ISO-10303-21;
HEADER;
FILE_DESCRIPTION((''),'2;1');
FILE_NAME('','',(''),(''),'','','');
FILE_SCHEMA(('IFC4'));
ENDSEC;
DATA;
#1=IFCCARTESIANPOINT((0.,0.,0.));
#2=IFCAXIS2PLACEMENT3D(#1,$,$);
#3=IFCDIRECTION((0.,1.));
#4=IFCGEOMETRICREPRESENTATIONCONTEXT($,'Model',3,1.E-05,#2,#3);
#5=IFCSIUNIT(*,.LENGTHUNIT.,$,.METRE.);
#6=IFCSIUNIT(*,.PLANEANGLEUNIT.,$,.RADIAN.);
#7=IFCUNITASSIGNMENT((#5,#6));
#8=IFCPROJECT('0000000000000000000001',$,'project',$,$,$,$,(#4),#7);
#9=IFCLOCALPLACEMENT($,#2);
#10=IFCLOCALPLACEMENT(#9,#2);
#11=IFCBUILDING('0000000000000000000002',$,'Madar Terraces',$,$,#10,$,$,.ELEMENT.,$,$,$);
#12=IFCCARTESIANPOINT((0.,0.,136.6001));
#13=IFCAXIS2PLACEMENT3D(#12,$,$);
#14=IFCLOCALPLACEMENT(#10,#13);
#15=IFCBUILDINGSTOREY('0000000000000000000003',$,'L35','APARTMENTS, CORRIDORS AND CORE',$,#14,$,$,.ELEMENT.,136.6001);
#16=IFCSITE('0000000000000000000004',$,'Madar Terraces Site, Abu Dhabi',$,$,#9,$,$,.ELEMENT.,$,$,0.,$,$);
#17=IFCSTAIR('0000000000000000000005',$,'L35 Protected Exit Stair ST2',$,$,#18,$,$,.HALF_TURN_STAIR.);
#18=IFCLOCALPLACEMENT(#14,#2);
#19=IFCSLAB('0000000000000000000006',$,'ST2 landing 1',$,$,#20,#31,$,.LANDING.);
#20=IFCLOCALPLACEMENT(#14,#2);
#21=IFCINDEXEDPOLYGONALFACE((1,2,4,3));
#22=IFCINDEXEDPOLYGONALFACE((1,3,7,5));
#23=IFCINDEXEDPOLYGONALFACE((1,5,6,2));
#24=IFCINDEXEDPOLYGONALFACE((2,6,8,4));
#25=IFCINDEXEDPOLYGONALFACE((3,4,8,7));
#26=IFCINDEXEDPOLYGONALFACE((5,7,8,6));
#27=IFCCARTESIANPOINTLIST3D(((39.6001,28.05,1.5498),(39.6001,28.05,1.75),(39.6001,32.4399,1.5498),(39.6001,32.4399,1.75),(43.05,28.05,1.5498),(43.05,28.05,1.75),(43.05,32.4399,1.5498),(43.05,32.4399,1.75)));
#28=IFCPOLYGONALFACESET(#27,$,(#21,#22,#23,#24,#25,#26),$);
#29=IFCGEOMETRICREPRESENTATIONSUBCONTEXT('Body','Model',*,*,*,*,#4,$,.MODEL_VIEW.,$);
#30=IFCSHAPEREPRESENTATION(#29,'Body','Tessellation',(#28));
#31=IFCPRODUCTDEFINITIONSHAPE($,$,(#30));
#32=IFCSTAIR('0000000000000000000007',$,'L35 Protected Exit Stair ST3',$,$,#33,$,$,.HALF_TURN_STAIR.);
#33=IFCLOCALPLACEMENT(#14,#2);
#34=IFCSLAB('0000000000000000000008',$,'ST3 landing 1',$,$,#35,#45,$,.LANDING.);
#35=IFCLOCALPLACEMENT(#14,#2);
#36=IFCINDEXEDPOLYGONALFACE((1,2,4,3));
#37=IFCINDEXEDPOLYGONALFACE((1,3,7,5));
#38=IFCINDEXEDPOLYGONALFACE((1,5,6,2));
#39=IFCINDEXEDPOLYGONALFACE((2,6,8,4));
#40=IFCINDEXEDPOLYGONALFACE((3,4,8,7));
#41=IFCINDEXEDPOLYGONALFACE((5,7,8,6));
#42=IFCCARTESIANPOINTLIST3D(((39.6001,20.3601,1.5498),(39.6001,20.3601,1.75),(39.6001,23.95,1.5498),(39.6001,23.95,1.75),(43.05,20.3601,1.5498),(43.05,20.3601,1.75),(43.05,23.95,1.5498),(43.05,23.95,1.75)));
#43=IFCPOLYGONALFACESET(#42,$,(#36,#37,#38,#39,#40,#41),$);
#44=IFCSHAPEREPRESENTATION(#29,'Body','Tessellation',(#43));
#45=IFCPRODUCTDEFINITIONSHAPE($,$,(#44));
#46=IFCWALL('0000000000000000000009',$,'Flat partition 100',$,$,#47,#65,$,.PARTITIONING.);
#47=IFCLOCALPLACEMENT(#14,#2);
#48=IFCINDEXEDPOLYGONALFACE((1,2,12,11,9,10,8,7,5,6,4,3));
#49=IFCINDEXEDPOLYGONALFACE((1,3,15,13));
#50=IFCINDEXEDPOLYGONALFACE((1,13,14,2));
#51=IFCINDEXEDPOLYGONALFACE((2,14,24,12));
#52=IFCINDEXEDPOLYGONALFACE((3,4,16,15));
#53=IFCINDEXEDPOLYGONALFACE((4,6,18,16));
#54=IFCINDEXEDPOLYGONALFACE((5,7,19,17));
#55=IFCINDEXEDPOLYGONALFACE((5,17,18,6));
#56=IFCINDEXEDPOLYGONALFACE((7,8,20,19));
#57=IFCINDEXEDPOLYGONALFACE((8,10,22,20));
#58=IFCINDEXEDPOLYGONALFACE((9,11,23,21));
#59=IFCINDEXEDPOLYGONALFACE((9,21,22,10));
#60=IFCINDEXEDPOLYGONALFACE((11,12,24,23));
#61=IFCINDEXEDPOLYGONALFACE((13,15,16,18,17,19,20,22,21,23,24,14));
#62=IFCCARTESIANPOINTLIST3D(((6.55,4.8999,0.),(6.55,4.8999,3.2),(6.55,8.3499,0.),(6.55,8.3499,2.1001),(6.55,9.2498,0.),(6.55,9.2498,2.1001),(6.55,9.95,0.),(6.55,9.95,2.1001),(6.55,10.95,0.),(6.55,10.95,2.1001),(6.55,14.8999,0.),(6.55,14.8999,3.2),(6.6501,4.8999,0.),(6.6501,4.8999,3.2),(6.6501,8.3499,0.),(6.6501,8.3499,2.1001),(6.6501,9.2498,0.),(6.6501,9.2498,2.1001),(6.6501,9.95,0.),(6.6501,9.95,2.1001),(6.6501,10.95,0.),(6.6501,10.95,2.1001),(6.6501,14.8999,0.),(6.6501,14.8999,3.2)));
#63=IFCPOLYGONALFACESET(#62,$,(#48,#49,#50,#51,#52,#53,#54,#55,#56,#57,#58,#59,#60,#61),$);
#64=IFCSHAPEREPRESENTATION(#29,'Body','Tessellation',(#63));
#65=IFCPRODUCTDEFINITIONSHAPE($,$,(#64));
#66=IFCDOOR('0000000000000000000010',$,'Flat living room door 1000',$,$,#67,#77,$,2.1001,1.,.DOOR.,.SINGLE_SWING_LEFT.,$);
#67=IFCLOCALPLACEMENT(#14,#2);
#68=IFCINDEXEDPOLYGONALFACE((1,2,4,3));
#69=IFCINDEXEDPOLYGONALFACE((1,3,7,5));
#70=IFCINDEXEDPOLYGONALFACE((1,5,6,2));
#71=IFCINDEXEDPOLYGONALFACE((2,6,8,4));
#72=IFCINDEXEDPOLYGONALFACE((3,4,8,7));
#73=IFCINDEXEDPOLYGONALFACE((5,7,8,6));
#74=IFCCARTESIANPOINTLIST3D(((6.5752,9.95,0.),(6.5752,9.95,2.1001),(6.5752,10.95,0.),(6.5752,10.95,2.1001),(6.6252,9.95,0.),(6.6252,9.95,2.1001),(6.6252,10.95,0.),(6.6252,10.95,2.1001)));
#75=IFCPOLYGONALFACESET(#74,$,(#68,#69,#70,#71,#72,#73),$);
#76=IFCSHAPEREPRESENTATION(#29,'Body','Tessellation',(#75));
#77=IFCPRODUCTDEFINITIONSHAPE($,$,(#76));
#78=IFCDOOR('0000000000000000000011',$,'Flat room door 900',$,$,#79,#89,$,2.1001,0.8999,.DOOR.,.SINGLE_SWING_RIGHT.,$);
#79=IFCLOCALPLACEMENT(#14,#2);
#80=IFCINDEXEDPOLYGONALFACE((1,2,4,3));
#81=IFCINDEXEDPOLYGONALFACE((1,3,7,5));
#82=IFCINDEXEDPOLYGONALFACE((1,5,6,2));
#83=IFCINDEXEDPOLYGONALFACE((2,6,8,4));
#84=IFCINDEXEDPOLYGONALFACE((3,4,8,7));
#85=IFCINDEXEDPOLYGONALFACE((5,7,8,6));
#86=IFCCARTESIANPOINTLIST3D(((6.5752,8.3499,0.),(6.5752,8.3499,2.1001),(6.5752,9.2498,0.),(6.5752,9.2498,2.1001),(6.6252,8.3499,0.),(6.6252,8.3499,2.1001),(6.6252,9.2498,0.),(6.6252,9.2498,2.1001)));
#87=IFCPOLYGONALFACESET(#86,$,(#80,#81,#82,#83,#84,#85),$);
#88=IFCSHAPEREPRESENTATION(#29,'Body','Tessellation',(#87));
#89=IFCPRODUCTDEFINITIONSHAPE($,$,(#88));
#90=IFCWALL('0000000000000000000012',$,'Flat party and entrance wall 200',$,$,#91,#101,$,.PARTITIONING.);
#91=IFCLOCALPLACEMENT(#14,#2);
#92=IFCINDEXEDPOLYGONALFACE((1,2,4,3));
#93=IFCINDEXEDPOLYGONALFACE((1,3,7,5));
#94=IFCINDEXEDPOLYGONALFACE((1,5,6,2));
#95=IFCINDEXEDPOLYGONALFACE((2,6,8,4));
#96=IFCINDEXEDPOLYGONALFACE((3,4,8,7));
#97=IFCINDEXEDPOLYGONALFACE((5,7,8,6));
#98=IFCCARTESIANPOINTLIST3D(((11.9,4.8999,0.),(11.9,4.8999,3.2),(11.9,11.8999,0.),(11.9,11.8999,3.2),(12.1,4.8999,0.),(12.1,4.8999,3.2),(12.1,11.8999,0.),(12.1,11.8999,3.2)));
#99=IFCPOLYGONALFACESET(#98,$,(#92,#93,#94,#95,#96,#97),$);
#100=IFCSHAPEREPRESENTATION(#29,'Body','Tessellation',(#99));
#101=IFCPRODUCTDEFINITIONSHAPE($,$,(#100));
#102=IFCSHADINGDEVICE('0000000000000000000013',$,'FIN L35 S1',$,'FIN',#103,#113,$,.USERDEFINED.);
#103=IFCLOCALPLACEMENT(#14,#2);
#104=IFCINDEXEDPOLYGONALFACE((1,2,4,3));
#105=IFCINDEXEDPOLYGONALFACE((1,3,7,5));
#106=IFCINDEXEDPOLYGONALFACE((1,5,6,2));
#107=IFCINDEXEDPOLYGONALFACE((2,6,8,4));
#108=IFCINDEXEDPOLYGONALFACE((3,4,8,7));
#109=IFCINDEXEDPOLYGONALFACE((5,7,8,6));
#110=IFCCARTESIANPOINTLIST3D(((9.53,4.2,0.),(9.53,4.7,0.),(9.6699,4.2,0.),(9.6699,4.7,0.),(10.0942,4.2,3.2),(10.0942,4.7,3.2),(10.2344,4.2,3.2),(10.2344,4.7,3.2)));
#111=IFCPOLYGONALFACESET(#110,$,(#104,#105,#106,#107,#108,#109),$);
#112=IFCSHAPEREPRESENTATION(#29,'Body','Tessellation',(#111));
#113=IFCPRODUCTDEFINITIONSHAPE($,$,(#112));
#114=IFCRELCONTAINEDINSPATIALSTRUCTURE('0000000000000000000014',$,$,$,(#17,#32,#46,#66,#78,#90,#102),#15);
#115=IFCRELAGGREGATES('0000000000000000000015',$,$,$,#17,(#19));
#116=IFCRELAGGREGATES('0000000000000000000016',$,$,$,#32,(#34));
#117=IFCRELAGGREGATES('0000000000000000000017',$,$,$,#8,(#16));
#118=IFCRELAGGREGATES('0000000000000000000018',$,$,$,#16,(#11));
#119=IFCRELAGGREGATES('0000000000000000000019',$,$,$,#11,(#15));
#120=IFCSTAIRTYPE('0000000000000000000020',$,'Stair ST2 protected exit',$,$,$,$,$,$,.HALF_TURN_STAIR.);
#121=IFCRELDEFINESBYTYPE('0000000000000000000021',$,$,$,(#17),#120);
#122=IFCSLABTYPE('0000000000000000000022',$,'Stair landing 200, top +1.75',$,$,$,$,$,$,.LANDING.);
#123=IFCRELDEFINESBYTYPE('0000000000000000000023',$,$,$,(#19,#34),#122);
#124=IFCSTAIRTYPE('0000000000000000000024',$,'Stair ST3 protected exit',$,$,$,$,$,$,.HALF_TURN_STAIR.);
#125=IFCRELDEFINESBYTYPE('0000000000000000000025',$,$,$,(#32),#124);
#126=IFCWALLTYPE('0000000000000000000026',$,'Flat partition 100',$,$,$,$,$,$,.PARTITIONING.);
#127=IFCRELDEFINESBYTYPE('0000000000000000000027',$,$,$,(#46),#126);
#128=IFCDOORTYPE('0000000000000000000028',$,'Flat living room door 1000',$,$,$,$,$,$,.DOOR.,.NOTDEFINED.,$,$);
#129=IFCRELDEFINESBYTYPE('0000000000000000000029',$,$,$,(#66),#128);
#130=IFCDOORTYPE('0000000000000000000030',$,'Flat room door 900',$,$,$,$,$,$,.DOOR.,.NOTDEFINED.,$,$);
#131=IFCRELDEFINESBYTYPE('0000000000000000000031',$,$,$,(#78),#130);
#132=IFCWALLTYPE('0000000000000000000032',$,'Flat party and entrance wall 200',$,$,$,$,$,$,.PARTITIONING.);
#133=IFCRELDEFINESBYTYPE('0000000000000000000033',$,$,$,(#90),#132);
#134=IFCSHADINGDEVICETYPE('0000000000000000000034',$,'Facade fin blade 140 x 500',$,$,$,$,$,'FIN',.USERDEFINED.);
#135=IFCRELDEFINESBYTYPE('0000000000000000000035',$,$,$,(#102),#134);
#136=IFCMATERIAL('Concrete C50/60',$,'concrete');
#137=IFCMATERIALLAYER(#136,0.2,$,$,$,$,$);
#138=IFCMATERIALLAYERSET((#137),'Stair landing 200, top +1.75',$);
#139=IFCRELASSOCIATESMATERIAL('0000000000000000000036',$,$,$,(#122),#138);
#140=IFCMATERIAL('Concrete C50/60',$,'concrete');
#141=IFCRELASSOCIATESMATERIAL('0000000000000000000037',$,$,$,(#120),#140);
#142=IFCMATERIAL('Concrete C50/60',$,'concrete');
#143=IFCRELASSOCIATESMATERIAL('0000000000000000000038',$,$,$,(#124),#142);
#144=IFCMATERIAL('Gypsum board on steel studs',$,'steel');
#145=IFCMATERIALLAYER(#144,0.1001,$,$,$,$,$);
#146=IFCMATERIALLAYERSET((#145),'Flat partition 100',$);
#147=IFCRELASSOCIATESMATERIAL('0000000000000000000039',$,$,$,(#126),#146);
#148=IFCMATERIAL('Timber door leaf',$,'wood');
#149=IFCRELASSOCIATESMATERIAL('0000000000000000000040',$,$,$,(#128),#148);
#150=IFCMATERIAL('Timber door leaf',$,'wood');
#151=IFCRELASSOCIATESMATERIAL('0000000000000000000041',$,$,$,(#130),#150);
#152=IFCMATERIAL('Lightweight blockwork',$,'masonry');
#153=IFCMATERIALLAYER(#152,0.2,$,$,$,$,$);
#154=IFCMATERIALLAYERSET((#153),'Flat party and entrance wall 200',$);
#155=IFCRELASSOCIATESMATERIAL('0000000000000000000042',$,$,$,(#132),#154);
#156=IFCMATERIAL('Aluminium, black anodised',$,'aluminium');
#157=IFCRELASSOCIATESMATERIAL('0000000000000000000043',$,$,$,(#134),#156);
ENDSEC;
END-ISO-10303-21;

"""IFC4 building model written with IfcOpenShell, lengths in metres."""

from ifc_helpers import new_model, si_unit, direction, frame, frame_2d, origin, place, context, subcontext, project, spatial, polyline, rectangle, outline, extrude, material, layer, layer_set, type_object, element, fill, aggregate, save


model = new_model("IFC4")

# Units and contexts
model_context = context("Model", 3, precision=1e-05, world=origin(), true_north=direction((0.0, 1.0)))
body_context = subcontext(model_context, "Body", "Model", "MODEL_VIEW")
ifc_project = project(units=[si_unit("LENGTHUNIT", "METRE"), si_unit("PLANEANGLEUNIT", "RADIAN")], contexts=[model_context])

# Site, building, storey
site_placement = place(None, origin())
site = spatial("IfcSite", under=ifc_project, at=site_placement, Name="Madar Terraces Site, Abu Dhabi", CompositionType="ELEMENT", RefElevation=0.0)
building_placement = place(site_placement, origin())
building = spatial("IfcBuilding", under=site, at=building_placement, Name="Madar Terraces", CompositionType="ELEMENT")
storey_placement = place(building_placement, frame((0.0, 0.0, 136.6001)))
storey = spatial("IfcBuildingStorey", under=building, at=storey_placement, Name="L35", Description="APARTMENTS, CORRIDORS AND CORE", CompositionType="ELEMENT", Elevation=136.6001)

# Stairs, slabs
ifc_material_1 = material(Name="Concrete C50/60", Category="concrete")
ifc_layer_1 = layer(ifc_material_1, 0.2)
ifc_layer_set_1 = layer_set([ifc_layer_1], Name="Stair landing 200, top +1.75")
slab_type_1 = type_object("IfcSlabType", Name="Stair landing 200, top +1.75", PredefinedType="LANDING", material=ifc_layer_set_1)
ifc_material_2 = material(Name="Concrete C50/60", Category="concrete")
stair_type_1 = type_object("IfcStairType", Name="Stair ST2 protected exit", PredefinedType="HALF_TURN_STAIR", material=ifc_material_2)
stair_1_placement = place(storey_placement, origin())
stair_1 = element("IfcStair", 1, at=stair_1_placement, inside=storey, type_object=stair_type_1, Name="L35 Protected Exit Stair ST2", PredefinedType="HALF_TURN_STAIR")
slab_1_placement = place(storey_placement, frame((0.0, 0.0, 1.5498)))
slab_1 = element("IfcSlab", 2, at=slab_1_placement, type_object=slab_type_1, Name="ST2 landing 1", PredefinedType="LANDING", context=body_context, shape_type="SweptSolid", body=[
    extrude(outline(polyline([(39.6001, 28.05), (43.05, 28.05), (43.05, 32.4399), (39.6001, 32.4399), (39.6001, 28.05)])), origin(), (0.0, 0.0, 1.0), 0.2002),
])
aggregate(stair_1, [slab_1])
ifc_material_3 = material(Name="Concrete C50/60", Category="concrete")
stair_type_2 = type_object("IfcStairType", Name="Stair ST3 protected exit", PredefinedType="HALF_TURN_STAIR", material=ifc_material_3)
stair_2_placement = place(storey_placement, origin())
stair_2 = element("IfcStair", 3, at=stair_2_placement, inside=storey, type_object=stair_type_2, Name="L35 Protected Exit Stair ST3", PredefinedType="HALF_TURN_STAIR")
slab_2_placement = place(storey_placement, frame((0.0, 0.0, 1.5498)))
slab_2 = element("IfcSlab", 4, at=slab_2_placement, type_object=slab_type_1, Name="ST3 landing 1", PredefinedType="LANDING", context=body_context, shape_type="SweptSolid", body=[
    extrude(outline(polyline([(39.6001, 20.3601), (43.05, 20.3601), (43.05, 23.95), (39.6001, 23.95), (39.6001, 20.3601)])), origin(), (0.0, 0.0, 1.0), 0.2002),
])
aggregate(stair_2, [slab_2])

# Wall, openings, doors
ifc_material_4 = material(Name="Gypsum board on steel studs", Category="steel")
ifc_layer_2 = layer(ifc_material_4, 0.1001)
ifc_layer_set_2 = layer_set([ifc_layer_2], Name="Flat partition 100")
wall_type_1 = type_object("IfcWallType", Name="Flat partition 100", PredefinedType="PARTITIONING", material=ifc_layer_set_2)
wall_1_placement = place(storey_placement, frame((6.6001, 4.8999, 0.0), z_axis=(0.0, 0.0, 1.0), x_axis=(0.0, 1.0, 0.0)))
wall_1 = element("IfcWall", 5, at=wall_1_placement, inside=storey, type_object=wall_type_1, Name="Flat partition 100", PredefinedType="PARTITIONING", context=body_context, shape_type="SweptSolid", body=[
    extrude(rectangle(XDim=10.0, YDim=0.1001, at=frame_2d((5.0, 0.0))), origin(), (0.0, 0.0, 1.0), 3.2),
])
opening_1_placement = place(wall_1_placement, frame((5.05, 0.0, 0.0)))
opening_1 = element("IfcOpeningElement", 6, at=opening_1_placement, cuts=wall_1, PredefinedType="OPENING", context=body_context, shape_type="SweptSolid", body=[
    extrude(rectangle(XDim=1.0, YDim=2.1001, at=frame_2d((0.5, 1.05))), frame((0.0, 0.0601, 0.0), z_axis=(0.0, -1.0, 0.0), x_axis=(1.0, 0.0, 0.0)), (0.0, 0.0, 1.0), 0.1201),
])
opening_2_placement = place(wall_1_placement, frame((3.45, 0.0, 0.0)))
opening_2 = element("IfcOpeningElement", 7, at=opening_2_placement, cuts=wall_1, PredefinedType="OPENING", context=body_context, shape_type="SweptSolid", body=[
    extrude(rectangle(XDim=0.8999, YDim=2.1001, at=frame_2d((0.45, 1.05))), frame((0.0, 0.0601, 0.0), z_axis=(0.0, -1.0, 0.0), x_axis=(1.0, 0.0, 0.0)), (0.0, 0.0, 1.0), 0.1201),
])
ifc_material_5 = material(Name="Timber door leaf", Category="wood")
door_type_1 = type_object("IfcDoorType", Name="Flat living room door 1000", OperationType="NOTDEFINED", PredefinedType="DOOR", material=ifc_material_5)
door_1_placement = place(opening_1_placement, origin())
door_1 = element("IfcDoor", 8, at=door_1_placement, inside=storey, type_object=door_type_1, Name="Flat living room door 1000", OperationType="SINGLE_SWING_LEFT", OverallHeight=2.1001, OverallWidth=1.0, PredefinedType="DOOR", context=body_context, shape_type="SweptSolid", body=[
    extrude(rectangle(XDim=1.0, YDim=2.1001, at=frame_2d((0.5, 1.05))), frame((0.0, 0.0249, 0.0), z_axis=(0.0, -1.0, 0.0), x_axis=(1.0, 0.0, 0.0)), (0.0, 0.0, 1.0), 0.05),
])
fill(opening_1, door_1)
ifc_material_6 = material(Name="Timber door leaf", Category="wood")
door_type_2 = type_object("IfcDoorType", Name="Flat room door 900", OperationType="NOTDEFINED", PredefinedType="DOOR", material=ifc_material_6)
door_2_placement = place(opening_2_placement, origin())
door_2 = element("IfcDoor", 9, at=door_2_placement, inside=storey, type_object=door_type_2, Name="Flat room door 900", OperationType="SINGLE_SWING_RIGHT", OverallHeight=2.1001, OverallWidth=0.8999, PredefinedType="DOOR", context=body_context, shape_type="SweptSolid", body=[
    extrude(rectangle(XDim=0.8999, YDim=2.1001, at=frame_2d((0.45, 1.05))), frame((0.0, 0.0249, 0.0), z_axis=(0.0, -1.0, 0.0), x_axis=(1.0, 0.0, 0.0)), (0.0, 0.0, 1.0), 0.05),
])
fill(opening_2, door_2)

# Wall
ifc_material_7 = material(Name="Lightweight blockwork", Category="masonry")
ifc_layer_3 = layer(ifc_material_7, 0.2)
ifc_layer_set_3 = layer_set([ifc_layer_3], Name="Flat party and entrance wall 200")
wall_type_2 = type_object("IfcWallType", Name="Flat party and entrance wall 200", PredefinedType="PARTITIONING", material=ifc_layer_set_3)
wall_2_placement = place(storey_placement, frame((12.0, 4.8999, 0.0), z_axis=(0.0, 0.0, 1.0), x_axis=(0.0, 1.0, 0.0)))
element("IfcWall", 10, at=wall_2_placement, inside=storey, type_object=wall_type_2, Name="Flat party and entrance wall 200", PredefinedType="PARTITIONING", context=body_context, shape_type="SweptSolid", body=[
    extrude(rectangle(XDim=7.0, YDim=0.2, at=frame_2d((3.5, 0.0))), origin(), (0.0, 0.0, 1.0), 3.2),
])

# Shading device
ifc_material_8 = material(Name="Aluminium, black anodised", Category="aluminium")
shading_device_type = type_object("IfcShadingDeviceType", Name="Facade fin blade 140 x 500", ElementType="FIN", PredefinedType="USERDEFINED", material=ifc_material_8)
shading_device_placement = place(storey_placement, frame((9.53, 4.45, 0.0), z_axis=(0.0, 0.0, 1.0), x_axis=(1.0, 0.0, 0.0)))
element("IfcShadingDevice", 11, at=shading_device_placement, inside=storey, type_object=shading_device_type, Name="FIN L35 S1", ObjectType="FIN", PredefinedType="USERDEFINED", context=body_context, shape_type="SweptSolid", body=[
    extrude(outline(polyline([(0.0, 0.0), (0.1399, 0.0), (0.7043, 3.2), (0.5642, 3.2), (0.0, 0.0)])), frame((0.0, 0.25, 0.0), z_axis=(0.0, -1.0, 0.0), x_axis=(1.0, 0.0, 0.0)), (0.0, 0.0, 1.0), 0.5),
])

save(model, "model.ifc")
